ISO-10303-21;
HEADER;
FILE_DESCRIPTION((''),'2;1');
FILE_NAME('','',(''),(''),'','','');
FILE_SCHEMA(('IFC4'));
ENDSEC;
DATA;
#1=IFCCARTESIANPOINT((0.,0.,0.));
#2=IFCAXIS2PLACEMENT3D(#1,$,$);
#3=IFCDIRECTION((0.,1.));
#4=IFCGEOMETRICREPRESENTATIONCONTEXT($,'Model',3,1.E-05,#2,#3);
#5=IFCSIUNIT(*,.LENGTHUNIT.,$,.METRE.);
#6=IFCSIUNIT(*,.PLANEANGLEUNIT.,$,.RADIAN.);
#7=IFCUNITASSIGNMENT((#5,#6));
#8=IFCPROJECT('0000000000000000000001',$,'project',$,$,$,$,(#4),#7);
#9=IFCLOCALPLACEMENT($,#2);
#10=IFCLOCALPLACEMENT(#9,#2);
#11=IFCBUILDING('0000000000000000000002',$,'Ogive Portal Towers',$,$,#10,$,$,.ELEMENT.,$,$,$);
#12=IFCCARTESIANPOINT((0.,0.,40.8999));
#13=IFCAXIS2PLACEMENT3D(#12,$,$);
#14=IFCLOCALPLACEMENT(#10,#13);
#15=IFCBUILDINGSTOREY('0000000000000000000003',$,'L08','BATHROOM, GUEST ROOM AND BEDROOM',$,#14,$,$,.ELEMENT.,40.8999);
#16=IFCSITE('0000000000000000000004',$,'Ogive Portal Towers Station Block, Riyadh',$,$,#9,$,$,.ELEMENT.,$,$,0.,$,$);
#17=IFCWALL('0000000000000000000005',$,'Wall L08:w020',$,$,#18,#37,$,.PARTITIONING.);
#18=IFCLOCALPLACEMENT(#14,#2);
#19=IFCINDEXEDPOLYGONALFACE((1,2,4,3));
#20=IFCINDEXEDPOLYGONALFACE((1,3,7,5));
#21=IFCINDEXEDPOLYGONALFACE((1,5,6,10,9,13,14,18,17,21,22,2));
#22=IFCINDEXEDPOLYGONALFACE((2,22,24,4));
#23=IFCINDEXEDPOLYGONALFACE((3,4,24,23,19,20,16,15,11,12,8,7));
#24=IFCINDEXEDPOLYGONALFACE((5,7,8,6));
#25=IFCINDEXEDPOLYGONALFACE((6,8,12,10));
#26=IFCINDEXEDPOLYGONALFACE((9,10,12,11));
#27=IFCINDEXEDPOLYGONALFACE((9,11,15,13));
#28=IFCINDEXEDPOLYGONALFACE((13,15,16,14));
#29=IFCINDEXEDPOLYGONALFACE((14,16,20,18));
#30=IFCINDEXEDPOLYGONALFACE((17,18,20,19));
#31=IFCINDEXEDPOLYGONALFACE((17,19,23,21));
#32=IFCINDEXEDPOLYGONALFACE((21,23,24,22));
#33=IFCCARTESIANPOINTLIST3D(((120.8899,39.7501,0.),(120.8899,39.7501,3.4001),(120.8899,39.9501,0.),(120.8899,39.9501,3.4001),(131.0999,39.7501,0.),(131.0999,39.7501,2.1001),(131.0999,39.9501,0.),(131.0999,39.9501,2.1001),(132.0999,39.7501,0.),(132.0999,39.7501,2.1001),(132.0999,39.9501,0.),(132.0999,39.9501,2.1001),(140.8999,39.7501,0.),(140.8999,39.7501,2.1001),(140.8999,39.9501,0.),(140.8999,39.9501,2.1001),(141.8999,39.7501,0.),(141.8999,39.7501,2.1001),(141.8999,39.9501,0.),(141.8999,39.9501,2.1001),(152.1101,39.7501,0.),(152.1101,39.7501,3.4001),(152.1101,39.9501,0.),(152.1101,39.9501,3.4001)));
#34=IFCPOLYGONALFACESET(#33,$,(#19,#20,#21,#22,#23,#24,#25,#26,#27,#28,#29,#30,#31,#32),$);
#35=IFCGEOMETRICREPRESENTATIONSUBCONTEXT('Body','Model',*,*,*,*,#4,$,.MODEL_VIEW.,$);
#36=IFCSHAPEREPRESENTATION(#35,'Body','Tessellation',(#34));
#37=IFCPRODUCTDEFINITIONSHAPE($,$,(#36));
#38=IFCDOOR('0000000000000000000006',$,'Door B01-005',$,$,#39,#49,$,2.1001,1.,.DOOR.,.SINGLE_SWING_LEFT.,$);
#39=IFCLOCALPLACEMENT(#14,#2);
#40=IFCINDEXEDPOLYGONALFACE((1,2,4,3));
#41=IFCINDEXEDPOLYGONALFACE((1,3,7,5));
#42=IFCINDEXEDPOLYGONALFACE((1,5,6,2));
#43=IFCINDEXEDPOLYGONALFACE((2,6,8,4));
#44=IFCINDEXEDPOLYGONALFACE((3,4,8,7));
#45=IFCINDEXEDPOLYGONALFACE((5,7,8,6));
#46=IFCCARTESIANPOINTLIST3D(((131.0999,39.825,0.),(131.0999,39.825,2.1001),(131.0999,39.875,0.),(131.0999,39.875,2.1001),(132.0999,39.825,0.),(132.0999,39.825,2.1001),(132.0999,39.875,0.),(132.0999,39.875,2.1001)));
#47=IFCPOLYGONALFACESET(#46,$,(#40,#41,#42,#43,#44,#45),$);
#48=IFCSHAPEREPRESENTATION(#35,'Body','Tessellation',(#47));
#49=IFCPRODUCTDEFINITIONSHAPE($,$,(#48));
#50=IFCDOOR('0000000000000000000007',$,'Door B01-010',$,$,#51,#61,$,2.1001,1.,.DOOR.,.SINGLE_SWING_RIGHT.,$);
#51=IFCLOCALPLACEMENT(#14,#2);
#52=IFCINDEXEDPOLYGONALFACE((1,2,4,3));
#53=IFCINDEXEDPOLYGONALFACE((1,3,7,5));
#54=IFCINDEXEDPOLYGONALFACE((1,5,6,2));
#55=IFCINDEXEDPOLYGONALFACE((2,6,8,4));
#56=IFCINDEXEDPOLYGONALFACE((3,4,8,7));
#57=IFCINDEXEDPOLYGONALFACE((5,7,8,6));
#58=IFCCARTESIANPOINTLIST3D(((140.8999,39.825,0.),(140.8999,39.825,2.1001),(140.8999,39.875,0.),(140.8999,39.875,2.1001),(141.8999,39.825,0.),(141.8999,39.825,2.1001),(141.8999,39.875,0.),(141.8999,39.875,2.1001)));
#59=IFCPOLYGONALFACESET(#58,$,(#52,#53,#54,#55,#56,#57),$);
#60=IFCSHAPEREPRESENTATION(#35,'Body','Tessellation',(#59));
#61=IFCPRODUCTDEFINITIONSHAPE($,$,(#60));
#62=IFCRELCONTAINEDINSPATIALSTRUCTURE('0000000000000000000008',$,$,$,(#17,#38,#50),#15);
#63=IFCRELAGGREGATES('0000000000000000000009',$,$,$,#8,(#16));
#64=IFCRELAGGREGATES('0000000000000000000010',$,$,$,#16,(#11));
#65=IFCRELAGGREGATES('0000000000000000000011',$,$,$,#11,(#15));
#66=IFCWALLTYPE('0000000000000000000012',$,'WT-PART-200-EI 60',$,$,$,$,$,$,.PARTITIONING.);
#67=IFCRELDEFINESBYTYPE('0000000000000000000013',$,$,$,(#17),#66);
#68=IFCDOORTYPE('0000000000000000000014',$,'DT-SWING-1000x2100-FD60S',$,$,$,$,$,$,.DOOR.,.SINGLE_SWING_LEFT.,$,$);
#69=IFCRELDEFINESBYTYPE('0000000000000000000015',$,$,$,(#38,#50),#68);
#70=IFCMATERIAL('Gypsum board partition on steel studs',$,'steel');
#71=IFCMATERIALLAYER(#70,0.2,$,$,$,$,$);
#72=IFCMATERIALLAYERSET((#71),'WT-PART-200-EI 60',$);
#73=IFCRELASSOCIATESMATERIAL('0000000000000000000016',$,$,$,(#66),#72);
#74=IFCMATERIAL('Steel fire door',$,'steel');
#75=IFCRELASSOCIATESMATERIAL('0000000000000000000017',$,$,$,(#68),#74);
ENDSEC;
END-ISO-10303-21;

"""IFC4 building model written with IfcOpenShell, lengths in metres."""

from ifc_helpers import new_model, si_unit, direction, frame, frame_2d, origin, place, context, subcontext, project, spatial, rectangle, extrude, material, layer, layer_set, type_object, element, fill, save


model = new_model("IFC4")

# Units and contexts
model_context = context("Model", 3, precision=1e-05, world=origin(), true_north=direction((0.0, 1.0)))
body_context = subcontext(model_context, "Body", "Model", "MODEL_VIEW")
ifc_project = project(units=[si_unit("LENGTHUNIT", "METRE"), si_unit("PLANEANGLEUNIT", "RADIAN")], contexts=[model_context])

# Site, building, storey
site_placement = place(None, origin())
site = spatial("IfcSite", under=ifc_project, at=site_placement, Name="Ogive Portal Towers Station Block, Riyadh", CompositionType="ELEMENT", RefElevation=0.0)
building_placement = place(site_placement, origin())
building = spatial("IfcBuilding", under=site, at=building_placement, Name="Ogive Portal Towers", CompositionType="ELEMENT")
storey_placement = place(building_placement, frame((0.0, 0.0, 40.8999)))
storey = spatial("IfcBuildingStorey", under=building, at=storey_placement, Name="L08", Description="BATHROOM, GUEST ROOM AND BEDROOM", CompositionType="ELEMENT", Elevation=40.8999)

# Shared definitions
ifc_material_1 = material(Name="Steel fire door", Category="steel")

# Shared definitions
ifc_material_2 = material(Name="Gypsum board partition on steel studs", Category="steel")
ifc_layer_1 = layer(ifc_material_2, 0.2)
ifc_layer_set_1 = layer_set([ifc_layer_1], Name="WT-PART-200-EI 60")
wall_type_1 = type_object("IfcWallType", Name="WT-PART-200-EI 60", PredefinedType="PARTITIONING", material=ifc_layer_set_1)

# Wall, openings, doors
wall_1_placement = place(storey_placement, frame((120.8899, 39.8501, 0.0), z_axis=(0.0, 0.0, 1.0), x_axis=(1.0, 0.0, 0.0)))
wall_1 = element("IfcWall", 1, at=wall_1_placement, inside=storey, type_object=wall_type_1, Name="Wall L08:w020", PredefinedType="PARTITIONING", context=body_context, shape_type="SweptSolid", body=[
    extrude(rectangle(XDim=31.2202, YDim=0.2, at=frame_2d((15.6101, 0.0))), origin(), (0.0, 0.0, 1.0), 3.4001),
])
opening_1_placement = place(wall_1_placement, frame((10.21, 0.0, 0.0)))
opening_1 = element("IfcOpeningElement", 2, at=opening_1_placement, cuts=wall_1, PredefinedType="OPENING", context=body_context, shape_type="SweptSolid", body=[
    extrude(rectangle(XDim=1.0, YDim=2.1001, at=frame_2d((0.5, 1.05))), frame((0.0, 0.1099, 0.0), z_axis=(0.0, -1.0, 0.0), x_axis=(1.0, 0.0, 0.0)), (0.0, 0.0, 1.0), 0.22),
])
opening_2_placement = place(wall_1_placement, frame((20.01, 0.0, 0.0)))
opening_2 = element("IfcOpeningElement", 3, at=opening_2_placement, cuts=wall_1, PredefinedType="OPENING", context=body_context, shape_type="SweptSolid", body=[
    extrude(rectangle(XDim=1.0, YDim=2.1001, at=frame_2d((0.5, 1.05))), frame((0.0, 0.1099, 0.0), z_axis=(0.0, -1.0, 0.0), x_axis=(1.0, 0.0, 0.0)), (0.0, 0.0, 1.0), 0.22),
])
door_type_1 = type_object("IfcDoorType", Name="DT-SWING-1000x2100-FD60S", OperationType="SINGLE_SWING_LEFT", PredefinedType="DOOR", material=ifc_material_1)
door_1_placement = place(opening_1_placement, origin())
door_1 = element("IfcDoor", 4, at=door_1_placement, inside=storey, type_object=door_type_1, Name="Door B01-005", OperationType="SINGLE_SWING_LEFT", OverallHeight=2.1001, OverallWidth=1.0, PredefinedType="DOOR", context=body_context, shape_type="SweptSolid", body=[
    extrude(rectangle(XDim=1.0, YDim=2.1001, at=frame_2d((0.5, 1.05))), frame((0.0, 0.0249, 0.0), z_axis=(0.0, -1.0, 0.0), x_axis=(1.0, 0.0, 0.0)), (0.0, 0.0, 1.0), 0.05),
])
fill(opening_1, door_1)
door_2_placement = place(opening_2_placement, origin())
door_2 = element("IfcDoor", 5, at=door_2_placement, inside=storey, type_object=door_type_1, Name="Door B01-010", OperationType="SINGLE_SWING_RIGHT", OverallHeight=2.1001, OverallWidth=1.0, PredefinedType="DOOR", context=body_context, shape_type="SweptSolid", body=[
    extrude(rectangle(XDim=1.0, YDim=2.1001, at=frame_2d((0.5, 1.05))), frame((0.0, 0.0249, 0.0), z_axis=(0.0, -1.0, 0.0), x_axis=(1.0, 0.0, 0.0)), (0.0, 0.0, 1.0), 0.05),
])
fill(opening_2, door_2)

save(model, "model.ifc")
